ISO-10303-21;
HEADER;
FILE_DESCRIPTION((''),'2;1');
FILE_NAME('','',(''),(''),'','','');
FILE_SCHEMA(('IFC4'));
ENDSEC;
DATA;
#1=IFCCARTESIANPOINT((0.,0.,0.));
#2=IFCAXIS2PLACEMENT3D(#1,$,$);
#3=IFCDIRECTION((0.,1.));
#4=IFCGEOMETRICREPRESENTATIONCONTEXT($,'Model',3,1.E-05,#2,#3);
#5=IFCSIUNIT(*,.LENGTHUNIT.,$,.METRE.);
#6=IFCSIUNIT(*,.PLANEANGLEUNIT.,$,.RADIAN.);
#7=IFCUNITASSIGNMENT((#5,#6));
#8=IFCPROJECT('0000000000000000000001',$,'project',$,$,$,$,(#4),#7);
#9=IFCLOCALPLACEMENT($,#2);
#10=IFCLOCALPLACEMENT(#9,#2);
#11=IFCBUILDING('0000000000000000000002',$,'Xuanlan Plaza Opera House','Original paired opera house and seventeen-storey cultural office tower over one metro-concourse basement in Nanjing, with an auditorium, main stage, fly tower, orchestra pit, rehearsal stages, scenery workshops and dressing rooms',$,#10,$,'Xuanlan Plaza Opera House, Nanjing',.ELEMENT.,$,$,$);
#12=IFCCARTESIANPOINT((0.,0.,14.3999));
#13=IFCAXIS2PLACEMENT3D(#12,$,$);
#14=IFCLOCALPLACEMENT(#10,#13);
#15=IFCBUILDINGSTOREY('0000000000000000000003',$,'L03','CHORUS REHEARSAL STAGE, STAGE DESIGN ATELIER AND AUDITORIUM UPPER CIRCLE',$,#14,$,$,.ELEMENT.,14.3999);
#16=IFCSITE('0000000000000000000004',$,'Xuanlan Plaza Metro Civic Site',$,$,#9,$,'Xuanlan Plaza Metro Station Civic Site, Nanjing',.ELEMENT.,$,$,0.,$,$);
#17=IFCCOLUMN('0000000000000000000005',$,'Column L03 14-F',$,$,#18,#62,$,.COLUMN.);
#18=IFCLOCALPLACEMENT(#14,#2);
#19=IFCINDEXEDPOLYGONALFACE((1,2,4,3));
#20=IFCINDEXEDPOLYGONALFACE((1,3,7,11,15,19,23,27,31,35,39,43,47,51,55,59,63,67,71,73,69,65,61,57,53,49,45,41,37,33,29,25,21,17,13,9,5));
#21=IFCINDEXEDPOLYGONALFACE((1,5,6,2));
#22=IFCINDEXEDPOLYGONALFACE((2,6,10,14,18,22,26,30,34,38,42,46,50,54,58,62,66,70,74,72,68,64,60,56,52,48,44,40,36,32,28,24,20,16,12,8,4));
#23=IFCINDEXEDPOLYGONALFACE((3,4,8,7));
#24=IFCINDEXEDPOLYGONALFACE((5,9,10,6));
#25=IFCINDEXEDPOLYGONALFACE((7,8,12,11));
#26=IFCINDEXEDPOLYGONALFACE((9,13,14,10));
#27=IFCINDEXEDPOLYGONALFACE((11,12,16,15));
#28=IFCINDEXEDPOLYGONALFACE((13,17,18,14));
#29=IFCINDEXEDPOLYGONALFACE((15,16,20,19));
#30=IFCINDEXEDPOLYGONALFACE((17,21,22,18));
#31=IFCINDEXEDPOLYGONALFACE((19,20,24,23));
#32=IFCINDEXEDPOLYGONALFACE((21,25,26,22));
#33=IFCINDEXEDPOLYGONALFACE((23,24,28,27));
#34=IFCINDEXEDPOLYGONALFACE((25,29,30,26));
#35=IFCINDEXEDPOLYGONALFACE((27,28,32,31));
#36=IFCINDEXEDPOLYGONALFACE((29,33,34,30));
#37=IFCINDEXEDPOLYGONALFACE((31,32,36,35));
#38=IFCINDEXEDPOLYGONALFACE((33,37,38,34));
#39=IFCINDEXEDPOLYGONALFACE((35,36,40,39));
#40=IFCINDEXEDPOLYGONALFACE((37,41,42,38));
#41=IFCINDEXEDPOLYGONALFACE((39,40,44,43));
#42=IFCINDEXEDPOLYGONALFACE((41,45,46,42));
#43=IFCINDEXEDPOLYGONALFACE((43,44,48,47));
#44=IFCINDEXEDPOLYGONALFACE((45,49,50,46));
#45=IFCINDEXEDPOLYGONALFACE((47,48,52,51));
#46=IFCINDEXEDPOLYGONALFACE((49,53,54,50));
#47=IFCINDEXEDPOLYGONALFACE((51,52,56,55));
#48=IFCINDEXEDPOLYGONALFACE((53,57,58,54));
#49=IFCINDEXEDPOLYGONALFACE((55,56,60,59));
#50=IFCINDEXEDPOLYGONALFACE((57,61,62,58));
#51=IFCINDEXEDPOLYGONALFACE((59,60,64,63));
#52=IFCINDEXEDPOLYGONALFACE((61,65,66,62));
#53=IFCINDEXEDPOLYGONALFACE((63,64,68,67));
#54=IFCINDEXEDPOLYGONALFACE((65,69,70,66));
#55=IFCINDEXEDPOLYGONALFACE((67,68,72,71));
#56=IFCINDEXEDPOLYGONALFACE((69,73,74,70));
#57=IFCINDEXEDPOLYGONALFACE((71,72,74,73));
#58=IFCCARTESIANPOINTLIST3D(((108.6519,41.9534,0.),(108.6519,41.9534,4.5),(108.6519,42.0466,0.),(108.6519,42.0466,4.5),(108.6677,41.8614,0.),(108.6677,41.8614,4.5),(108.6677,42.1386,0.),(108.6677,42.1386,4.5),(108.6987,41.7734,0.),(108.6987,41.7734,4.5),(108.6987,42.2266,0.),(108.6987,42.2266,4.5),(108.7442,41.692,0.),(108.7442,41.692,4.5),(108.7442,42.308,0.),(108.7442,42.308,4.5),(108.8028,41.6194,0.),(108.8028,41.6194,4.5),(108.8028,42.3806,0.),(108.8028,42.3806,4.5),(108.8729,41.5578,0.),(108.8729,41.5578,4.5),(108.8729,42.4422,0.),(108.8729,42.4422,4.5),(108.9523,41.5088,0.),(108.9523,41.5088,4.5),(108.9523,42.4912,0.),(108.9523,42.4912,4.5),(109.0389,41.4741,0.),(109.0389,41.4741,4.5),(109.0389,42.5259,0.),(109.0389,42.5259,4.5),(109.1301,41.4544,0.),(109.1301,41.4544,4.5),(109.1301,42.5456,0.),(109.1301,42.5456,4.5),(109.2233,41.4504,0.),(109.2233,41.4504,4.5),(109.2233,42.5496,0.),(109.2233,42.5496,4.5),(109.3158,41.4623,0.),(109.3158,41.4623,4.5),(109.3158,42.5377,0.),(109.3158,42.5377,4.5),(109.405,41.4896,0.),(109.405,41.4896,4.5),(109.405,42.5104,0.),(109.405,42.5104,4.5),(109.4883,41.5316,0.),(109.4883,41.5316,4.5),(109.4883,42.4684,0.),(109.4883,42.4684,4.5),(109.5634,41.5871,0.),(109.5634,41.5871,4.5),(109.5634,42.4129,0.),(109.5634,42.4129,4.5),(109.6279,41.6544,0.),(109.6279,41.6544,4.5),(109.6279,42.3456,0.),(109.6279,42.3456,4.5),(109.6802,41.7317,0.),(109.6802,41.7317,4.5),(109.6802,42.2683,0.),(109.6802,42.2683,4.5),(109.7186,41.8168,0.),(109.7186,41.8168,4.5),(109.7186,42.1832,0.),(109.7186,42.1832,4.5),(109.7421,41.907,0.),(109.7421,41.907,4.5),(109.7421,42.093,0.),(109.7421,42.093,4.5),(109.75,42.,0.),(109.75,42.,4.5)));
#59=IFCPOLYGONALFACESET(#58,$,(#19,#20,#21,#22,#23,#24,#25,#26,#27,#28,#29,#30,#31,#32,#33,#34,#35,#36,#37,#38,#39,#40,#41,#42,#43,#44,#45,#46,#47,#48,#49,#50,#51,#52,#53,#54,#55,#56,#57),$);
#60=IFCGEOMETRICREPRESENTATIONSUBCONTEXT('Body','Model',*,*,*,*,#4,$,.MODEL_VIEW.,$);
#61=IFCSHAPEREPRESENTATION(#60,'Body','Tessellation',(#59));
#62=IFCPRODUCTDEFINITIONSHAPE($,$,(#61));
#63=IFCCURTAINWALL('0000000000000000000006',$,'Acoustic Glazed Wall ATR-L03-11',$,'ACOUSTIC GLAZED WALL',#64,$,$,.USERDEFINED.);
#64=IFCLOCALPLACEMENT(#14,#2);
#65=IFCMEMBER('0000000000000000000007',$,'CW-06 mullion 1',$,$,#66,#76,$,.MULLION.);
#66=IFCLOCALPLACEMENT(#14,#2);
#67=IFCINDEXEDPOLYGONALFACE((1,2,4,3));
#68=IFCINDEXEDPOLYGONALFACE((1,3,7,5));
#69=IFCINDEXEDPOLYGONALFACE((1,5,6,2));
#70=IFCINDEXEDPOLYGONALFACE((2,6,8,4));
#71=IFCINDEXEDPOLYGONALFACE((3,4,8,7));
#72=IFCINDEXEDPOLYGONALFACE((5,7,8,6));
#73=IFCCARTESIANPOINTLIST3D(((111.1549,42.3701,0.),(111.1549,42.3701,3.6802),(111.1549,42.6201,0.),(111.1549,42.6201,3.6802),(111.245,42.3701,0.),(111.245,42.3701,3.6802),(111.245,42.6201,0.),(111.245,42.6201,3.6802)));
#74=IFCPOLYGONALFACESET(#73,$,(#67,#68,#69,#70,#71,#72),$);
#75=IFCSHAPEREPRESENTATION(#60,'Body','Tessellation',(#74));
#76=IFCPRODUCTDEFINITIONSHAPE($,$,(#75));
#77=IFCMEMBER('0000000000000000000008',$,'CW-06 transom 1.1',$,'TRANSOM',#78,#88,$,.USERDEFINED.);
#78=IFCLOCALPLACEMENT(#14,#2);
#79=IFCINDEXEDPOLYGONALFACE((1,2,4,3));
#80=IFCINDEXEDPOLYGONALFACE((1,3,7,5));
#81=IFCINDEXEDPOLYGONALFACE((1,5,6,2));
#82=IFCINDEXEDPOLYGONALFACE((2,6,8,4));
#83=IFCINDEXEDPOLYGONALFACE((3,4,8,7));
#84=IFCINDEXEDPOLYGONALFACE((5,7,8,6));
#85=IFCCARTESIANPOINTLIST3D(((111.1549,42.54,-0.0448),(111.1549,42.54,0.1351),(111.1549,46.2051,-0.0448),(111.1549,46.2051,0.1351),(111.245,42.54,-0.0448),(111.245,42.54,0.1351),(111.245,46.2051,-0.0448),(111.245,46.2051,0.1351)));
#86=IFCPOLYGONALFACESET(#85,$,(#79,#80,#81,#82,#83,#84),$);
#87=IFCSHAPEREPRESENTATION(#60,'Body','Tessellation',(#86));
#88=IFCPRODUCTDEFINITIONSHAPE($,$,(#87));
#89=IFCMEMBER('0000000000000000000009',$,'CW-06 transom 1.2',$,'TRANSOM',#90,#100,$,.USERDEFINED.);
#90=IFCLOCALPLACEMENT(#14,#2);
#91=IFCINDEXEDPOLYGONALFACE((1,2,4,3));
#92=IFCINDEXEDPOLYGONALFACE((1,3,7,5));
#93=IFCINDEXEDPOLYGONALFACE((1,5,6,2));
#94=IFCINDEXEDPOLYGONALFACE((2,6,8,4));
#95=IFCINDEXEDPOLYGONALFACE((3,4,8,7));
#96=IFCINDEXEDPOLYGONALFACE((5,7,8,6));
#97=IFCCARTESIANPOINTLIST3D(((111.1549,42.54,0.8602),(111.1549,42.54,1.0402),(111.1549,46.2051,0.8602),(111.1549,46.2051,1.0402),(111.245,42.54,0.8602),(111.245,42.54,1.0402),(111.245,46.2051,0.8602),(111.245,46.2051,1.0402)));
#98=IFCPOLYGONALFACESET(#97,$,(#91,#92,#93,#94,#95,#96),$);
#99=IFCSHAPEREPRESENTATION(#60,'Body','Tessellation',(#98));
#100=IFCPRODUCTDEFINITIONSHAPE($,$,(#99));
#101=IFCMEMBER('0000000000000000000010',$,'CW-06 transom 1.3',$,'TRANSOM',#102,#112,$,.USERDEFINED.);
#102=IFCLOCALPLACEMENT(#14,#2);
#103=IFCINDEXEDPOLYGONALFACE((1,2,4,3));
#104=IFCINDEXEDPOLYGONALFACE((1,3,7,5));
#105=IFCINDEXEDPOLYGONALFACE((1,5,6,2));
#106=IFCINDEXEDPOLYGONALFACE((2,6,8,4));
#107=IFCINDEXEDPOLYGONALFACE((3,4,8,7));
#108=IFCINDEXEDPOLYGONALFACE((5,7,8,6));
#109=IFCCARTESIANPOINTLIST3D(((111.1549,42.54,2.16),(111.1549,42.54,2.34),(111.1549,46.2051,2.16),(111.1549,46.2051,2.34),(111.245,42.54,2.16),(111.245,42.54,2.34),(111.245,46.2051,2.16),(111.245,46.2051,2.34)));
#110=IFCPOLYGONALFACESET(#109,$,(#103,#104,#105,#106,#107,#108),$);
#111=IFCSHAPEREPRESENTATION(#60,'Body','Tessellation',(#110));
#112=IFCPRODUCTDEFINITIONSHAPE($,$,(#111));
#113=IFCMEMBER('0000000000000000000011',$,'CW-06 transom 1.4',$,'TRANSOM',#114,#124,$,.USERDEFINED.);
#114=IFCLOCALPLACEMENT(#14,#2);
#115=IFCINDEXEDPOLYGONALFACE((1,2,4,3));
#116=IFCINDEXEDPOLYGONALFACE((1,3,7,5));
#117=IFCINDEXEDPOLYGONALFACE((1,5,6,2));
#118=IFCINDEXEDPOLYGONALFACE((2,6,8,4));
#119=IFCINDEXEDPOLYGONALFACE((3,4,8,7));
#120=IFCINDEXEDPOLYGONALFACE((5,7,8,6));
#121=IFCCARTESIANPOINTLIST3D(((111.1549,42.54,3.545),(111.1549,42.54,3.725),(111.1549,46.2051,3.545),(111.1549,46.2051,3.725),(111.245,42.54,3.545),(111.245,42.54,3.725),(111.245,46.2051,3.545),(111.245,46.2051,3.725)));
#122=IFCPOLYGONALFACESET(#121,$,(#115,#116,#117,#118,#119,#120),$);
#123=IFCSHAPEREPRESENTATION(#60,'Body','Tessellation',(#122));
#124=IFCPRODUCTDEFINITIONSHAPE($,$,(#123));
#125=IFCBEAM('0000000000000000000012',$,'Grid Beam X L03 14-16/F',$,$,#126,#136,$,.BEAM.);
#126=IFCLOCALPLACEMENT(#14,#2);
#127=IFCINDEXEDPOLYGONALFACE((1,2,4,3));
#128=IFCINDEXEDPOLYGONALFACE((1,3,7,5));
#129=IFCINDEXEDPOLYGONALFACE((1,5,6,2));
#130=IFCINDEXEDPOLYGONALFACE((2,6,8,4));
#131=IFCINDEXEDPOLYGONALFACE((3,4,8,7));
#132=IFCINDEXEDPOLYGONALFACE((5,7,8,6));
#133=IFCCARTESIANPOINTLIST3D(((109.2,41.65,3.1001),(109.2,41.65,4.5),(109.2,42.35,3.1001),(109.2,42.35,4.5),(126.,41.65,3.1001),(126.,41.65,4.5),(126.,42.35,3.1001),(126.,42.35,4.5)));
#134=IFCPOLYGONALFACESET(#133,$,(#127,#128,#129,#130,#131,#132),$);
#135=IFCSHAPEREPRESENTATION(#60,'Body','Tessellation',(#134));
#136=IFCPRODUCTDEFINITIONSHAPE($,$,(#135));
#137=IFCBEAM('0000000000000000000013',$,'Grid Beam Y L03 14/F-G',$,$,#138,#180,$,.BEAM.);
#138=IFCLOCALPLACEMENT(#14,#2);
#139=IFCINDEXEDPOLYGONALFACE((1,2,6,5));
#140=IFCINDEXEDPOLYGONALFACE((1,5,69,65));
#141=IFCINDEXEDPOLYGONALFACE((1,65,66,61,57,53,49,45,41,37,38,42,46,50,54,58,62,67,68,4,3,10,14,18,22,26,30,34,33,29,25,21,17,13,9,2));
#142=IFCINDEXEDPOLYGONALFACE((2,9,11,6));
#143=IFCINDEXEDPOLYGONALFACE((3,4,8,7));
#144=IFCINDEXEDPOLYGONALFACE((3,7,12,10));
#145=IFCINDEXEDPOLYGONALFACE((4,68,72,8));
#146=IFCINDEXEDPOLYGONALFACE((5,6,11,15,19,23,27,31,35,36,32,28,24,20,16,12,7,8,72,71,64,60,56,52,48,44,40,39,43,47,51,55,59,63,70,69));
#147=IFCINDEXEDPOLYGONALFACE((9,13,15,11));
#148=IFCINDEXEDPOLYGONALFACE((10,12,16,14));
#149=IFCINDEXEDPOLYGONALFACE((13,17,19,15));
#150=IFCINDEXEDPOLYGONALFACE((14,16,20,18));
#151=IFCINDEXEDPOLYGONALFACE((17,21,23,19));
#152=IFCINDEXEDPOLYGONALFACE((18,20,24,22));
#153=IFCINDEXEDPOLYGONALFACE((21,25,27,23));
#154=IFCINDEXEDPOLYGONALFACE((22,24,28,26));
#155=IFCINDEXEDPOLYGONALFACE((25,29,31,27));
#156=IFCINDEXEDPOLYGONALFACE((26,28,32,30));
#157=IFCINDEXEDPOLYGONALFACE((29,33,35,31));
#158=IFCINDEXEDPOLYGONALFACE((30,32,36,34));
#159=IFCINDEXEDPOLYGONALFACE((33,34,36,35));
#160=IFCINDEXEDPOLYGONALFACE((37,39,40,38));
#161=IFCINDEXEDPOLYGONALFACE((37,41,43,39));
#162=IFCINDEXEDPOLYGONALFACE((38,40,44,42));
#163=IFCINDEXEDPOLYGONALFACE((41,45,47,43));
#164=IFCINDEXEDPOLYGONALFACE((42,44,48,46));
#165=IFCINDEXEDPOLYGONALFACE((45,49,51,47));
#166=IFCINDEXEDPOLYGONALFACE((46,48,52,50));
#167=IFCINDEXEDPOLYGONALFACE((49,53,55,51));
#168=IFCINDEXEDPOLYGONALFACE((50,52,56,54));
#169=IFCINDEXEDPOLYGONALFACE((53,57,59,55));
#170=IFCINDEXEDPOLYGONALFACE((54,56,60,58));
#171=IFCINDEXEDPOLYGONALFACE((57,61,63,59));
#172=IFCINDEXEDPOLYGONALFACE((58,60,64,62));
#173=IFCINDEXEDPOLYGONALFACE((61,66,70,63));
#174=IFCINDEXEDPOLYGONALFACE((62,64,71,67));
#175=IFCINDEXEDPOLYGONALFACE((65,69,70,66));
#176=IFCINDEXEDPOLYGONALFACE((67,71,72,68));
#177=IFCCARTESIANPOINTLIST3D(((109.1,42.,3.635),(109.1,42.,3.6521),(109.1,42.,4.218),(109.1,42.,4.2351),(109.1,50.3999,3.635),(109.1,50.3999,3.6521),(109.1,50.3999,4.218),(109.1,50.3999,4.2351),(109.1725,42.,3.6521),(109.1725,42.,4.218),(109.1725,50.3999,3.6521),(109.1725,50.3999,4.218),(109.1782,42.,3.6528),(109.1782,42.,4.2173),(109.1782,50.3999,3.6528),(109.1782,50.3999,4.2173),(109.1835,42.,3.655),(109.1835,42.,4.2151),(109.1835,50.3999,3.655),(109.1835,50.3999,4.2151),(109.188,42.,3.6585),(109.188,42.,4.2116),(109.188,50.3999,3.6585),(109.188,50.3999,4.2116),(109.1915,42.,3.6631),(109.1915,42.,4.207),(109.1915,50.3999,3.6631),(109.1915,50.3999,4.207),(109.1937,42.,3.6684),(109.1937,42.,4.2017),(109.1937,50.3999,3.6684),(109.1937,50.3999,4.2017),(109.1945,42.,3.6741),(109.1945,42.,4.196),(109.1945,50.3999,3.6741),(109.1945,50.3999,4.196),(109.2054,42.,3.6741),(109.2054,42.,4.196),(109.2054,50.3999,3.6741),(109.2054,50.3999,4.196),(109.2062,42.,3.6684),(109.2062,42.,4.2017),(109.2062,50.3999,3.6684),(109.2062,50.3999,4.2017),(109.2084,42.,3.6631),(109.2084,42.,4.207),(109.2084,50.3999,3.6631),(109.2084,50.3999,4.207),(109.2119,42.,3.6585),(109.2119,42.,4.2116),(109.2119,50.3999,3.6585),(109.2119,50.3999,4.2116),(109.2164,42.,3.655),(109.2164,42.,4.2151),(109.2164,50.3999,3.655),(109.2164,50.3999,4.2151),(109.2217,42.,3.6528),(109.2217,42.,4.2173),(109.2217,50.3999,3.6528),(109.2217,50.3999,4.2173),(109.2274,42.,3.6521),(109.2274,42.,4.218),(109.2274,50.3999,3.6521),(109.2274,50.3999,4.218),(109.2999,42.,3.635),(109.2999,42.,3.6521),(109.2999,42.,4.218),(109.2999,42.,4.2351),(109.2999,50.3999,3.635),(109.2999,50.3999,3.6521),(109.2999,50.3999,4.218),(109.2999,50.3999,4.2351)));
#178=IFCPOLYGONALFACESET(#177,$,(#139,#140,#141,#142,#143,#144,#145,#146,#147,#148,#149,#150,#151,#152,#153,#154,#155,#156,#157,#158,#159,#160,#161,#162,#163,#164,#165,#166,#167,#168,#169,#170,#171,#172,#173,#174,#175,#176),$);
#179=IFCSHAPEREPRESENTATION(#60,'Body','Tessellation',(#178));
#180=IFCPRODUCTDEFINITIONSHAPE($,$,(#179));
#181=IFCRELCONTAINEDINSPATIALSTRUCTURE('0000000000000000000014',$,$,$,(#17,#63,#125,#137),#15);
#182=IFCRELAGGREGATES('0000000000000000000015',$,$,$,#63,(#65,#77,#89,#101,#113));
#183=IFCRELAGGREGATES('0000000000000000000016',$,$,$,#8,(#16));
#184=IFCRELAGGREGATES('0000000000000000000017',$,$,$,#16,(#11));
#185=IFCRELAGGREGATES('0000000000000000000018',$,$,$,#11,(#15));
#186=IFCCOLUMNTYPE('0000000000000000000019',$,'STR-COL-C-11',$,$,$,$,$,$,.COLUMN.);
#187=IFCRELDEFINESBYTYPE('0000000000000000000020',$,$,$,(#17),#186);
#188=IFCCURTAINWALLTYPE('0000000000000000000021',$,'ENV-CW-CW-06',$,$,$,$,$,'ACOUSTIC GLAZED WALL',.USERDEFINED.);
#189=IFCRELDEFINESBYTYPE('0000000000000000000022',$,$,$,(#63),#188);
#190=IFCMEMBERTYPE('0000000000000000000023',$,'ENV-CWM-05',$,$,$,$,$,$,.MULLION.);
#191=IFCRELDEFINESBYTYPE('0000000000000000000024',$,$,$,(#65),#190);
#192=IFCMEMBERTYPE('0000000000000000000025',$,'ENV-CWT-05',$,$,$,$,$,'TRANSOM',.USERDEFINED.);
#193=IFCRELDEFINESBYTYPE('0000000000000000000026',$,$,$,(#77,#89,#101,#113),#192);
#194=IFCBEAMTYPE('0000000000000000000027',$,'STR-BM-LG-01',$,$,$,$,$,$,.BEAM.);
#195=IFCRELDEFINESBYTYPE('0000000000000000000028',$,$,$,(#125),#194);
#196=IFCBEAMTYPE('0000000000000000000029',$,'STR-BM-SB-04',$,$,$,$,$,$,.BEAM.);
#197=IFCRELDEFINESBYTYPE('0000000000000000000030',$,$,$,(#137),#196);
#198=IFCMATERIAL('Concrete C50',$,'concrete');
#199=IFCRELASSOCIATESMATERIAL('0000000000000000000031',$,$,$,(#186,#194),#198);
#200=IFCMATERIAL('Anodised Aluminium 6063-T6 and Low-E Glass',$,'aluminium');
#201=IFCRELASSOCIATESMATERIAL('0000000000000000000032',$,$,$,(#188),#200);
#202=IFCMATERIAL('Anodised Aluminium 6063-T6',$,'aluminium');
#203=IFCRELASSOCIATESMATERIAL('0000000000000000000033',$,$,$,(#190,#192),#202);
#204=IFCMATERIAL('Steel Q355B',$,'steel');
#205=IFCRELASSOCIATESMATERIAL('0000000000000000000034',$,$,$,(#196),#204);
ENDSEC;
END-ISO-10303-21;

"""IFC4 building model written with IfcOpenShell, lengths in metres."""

from ifc_helpers import new_model, si_unit, direction, frame, origin, origin_2d, place, context, subcontext, project, spatial, rectangle, circle, i_section, extrude, material, material_profile, profile_set, type_object, element, aggregate, save


model = new_model("IFC4")

# Units and contexts
model_context = context("Model", 3, precision=1e-05, world=origin(), true_north=direction((0.0, 1.0)))
body_context = subcontext(model_context, "Body", "Model", "MODEL_VIEW")
ifc_project = project(units=[si_unit("LENGTHUNIT", "METRE"), si_unit("PLANEANGLEUNIT", "RADIAN")], contexts=[model_context])

# Site, building, storey
site_placement = place(None, origin())
site = spatial("IfcSite", under=ifc_project, at=site_placement, Name="Xuanlan Plaza Metro Civic Site", LongName="Xuanlan Plaza Metro Station Civic Site, Nanjing", CompositionType="ELEMENT", RefElevation=0.0)
building_placement = place(site_placement, origin())
building = spatial("IfcBuilding", under=site, at=building_placement, Name="Xuanlan Plaza Opera House", Description="Original paired opera house and seventeen-storey cultural office tower over one metro-concourse basement in Nanjing, with an auditorium, main stage, fly tower, orchestra pit, rehearsal stages, scenery workshops and dressing rooms", LongName="Xuanlan Plaza Opera House, Nanjing", CompositionType="ELEMENT")
storey_placement = place(building_placement, frame((0.0, 0.0, 14.3999)))
storey = spatial("IfcBuildingStorey", under=building, at=storey_placement, Name="L03", Description="CHORUS REHEARSAL STAGE, STAGE DESIGN ATELIER AND AUDITORIUM UPPER CIRCLE", CompositionType="ELEMENT", Elevation=14.3999)

# Column
ifc_material_1 = material(Name="Concrete C50", Category="concrete")
ifc_material_profile_1 = material_profile(ifc_material_1, circle(Radius=0.55, at=origin_2d()), Name="RC-COL D1100")
ifc_profile_set_1 = profile_set([ifc_material_profile_1], Name="Concrete C50")
column_type = type_object("IfcColumnType", Name="STR-COL-C-11", PredefinedType="COLUMN", material=ifc_profile_set_1)
column_placement = place(storey_placement, frame((109.2, 42.0, 0.0), z_axis=(0.0, 0.0, 1.0), x_axis=(1.0, 0.0, 0.0)))
element("IfcColumn", 1, at=column_placement, inside=storey, type_object=column_type, Name="Column L03 14-F", PredefinedType="COLUMN", context=body_context, shape_type="SweptSolid", body=[
    extrude(circle(Radius=0.55, at=origin_2d()), origin(), (0.0, 0.0, 1.0), 4.5),
])

# Curtain wall, members
ifc_material_2 = material(Name="Anodised Aluminium 6063-T6 and Low-E Glass", Category="aluminium")
curtain_wall_type = type_object("IfcCurtainWallType", Name="ENV-CW-CW-06", ElementType="ACOUSTIC GLAZED WALL", PredefinedType="USERDEFINED", material=ifc_material_2)
curtain_wall_placement = place(storey_placement, origin())
curtain_wall = element("IfcCurtainWall", 2, at=curtain_wall_placement, inside=storey, type_object=curtain_wall_type, Name="Acoustic Glazed Wall ATR-L03-11", ObjectType="ACOUSTIC GLAZED WALL", PredefinedType="USERDEFINED")
ifc_material_3 = material(Name="Anodised Aluminium 6063-T6", Category="aluminium")
ifc_material_profile_2 = material_profile(ifc_material_3, rectangle(XDim=0.0901, YDim=0.25, at=origin_2d()), Name="ALU-M 90x250")
ifc_profile_set_2 = profile_set([ifc_material_profile_2], Name="Anodised Aluminium 6063-T6")
member_type_1 = type_object("IfcMemberType", Name="ENV-CWM-05", PredefinedType="MULLION", material=ifc_profile_set_2)
member_1_placement = place(storey_placement, frame((111.2, 42.4951, 0.0), z_axis=(0.0, 0.0, 1.0), x_axis=(-1.0, 0.0, 0.0)))
member_1 = element("IfcMember", 3, at=member_1_placement, type_object=member_type_1, Name="CW-06 mullion 1", PredefinedType="MULLION", context=body_context, shape_type="SweptSolid", body=[
    extrude(rectangle(XDim=0.0901, YDim=0.25, at=origin_2d()), origin(), (0.0, 0.0, 1.0), 3.6802),
])
ifc_material_profile_3 = material_profile(ifc_material_3, rectangle(XDim=0.0901, YDim=0.1799, at=origin_2d()), Name="ALU-T 90x180")
ifc_profile_set_3 = profile_set([ifc_material_profile_3], Name="Anodised Aluminium 6063-T6")
member_type_2 = type_object("IfcMemberType", Name="ENV-CWT-05", ElementType="TRANSOM", PredefinedType="USERDEFINED", material=ifc_profile_set_3)
member_2_placement = place(storey_placement, frame((111.2, 42.54, 0.0452), z_axis=(0.0, 1.0, 0.0), x_axis=(-1.0, 0.0, 0.0)))
member_2 = element("IfcMember", 4, at=member_2_placement, type_object=member_type_2, Name="CW-06 transom 1.1", ObjectType="TRANSOM", PredefinedType="USERDEFINED", context=body_context, shape_type="SweptSolid", body=[
    extrude(rectangle(XDim=0.0901, YDim=0.1799, at=origin_2d()), origin(), (0.0, 0.0, 1.0), 3.665),
])
member_3_placement = place(storey_placement, frame((111.2, 42.54, 0.9502), z_axis=(0.0, 1.0, 0.0), x_axis=(-1.0, 0.0, 0.0)))
member_3 = element("IfcMember", 5, at=member_3_placement, type_object=member_type_2, Name="CW-06 transom 1.2", ObjectType="TRANSOM", PredefinedType="USERDEFINED", context=body_context, shape_type="SweptSolid", body=[
    extrude(rectangle(XDim=0.0901, YDim=0.1799, at=origin_2d()), origin(), (0.0, 0.0, 1.0), 3.665),
])
member_4_placement = place(storey_placement, frame((111.2, 42.54, 2.25), z_axis=(0.0, 1.0, 0.0), x_axis=(-1.0, 0.0, 0.0)))
member_4 = element("IfcMember", 6, at=member_4_placement, type_object=member_type_2, Name="CW-06 transom 1.3", ObjectType="TRANSOM", PredefinedType="USERDEFINED", context=body_context, shape_type="SweptSolid", body=[
    extrude(rectangle(XDim=0.0901, YDim=0.1799, at=origin_2d()), origin(), (0.0, 0.0, 1.0), 3.665),
])
member_5_placement = place(storey_placement, frame((111.2, 42.54, 3.635), z_axis=(0.0, 1.0, 0.0), x_axis=(-1.0, 0.0, 0.0)))
member_5 = element("IfcMember", 7, at=member_5_placement, type_object=member_type_2, Name="CW-06 transom 1.4", ObjectType="TRANSOM", PredefinedType="USERDEFINED", context=body_context, shape_type="SweptSolid", body=[
    extrude(rectangle(XDim=0.0901, YDim=0.1799, at=origin_2d()), origin(), (0.0, 0.0, 1.0), 3.665),
])

# Beams
ifc_material_profile_4 = material_profile(ifc_material_1, rectangle(XDim=0.7, YDim=1.3999, at=origin_2d()), Name="RC-LG 700x1400")
ifc_profile_set_4 = profile_set([ifc_material_profile_4], Name="Concrete C50")
beam_type_1 = type_object("IfcBeamType", Name="STR-BM-LG-01", PredefinedType="BEAM", material=ifc_profile_set_4)
beam_1_placement = place(storey_placement, frame((109.2, 42.0, 3.8), z_axis=(1.0, 0.0, 0.0), x_axis=(0.0, 1.0, 0.0)))
element("IfcBeam", 8, at=beam_1_placement, inside=storey, type_object=beam_type_1, Name="Grid Beam X L03 14-16/F", PredefinedType="BEAM", context=body_context, shape_type="SweptSolid", body=[
    extrude(rectangle(XDim=0.7, YDim=1.3999, at=origin_2d()), origin(), (0.0, 0.0, 1.0), 16.8),
])
ifc_material_4 = material(Name="Steel Q355B", Category="steel")
ifc_material_profile_5 = material_profile(ifc_material_4, i_section(OverallWidth=0.2, OverallDepth=0.6001, WebThickness=0.011, FlangeThickness=0.0171, FilletRadius=0.022, at=origin_2d()), Name="HN 600x200x11x17")
ifc_profile_set_5 = profile_set([ifc_material_profile_5], Name="Steel Q355B")
beam_type_2 = type_object("IfcBeamType", Name="STR-BM-SB-04", PredefinedType="BEAM", material=ifc_profile_set_5)
beam_2_placement = place(storey_placement, frame((109.2, 42.0, 3.9351), z_axis=(0.0, 1.0, 0.0), x_axis=(-1.0, 0.0, 0.0)))
element("IfcBeam", 9, at=beam_2_placement, inside=storey, type_object=beam_type_2, Name="Grid Beam Y L03 14/F-G", PredefinedType="BEAM", context=body_context, shape_type="SweptSolid", body=[
    extrude(i_section(OverallWidth=0.2, OverallDepth=0.6001, WebThickness=0.011, FlangeThickness=0.0171, FilletRadius=0.022, at=origin_2d()), origin(), (0.0, 0.0, 1.0), 8.3999),
])

aggregate(curtain_wall, [member_1, member_2, member_3, member_4, member_5])

save(model, "model.ifc")
